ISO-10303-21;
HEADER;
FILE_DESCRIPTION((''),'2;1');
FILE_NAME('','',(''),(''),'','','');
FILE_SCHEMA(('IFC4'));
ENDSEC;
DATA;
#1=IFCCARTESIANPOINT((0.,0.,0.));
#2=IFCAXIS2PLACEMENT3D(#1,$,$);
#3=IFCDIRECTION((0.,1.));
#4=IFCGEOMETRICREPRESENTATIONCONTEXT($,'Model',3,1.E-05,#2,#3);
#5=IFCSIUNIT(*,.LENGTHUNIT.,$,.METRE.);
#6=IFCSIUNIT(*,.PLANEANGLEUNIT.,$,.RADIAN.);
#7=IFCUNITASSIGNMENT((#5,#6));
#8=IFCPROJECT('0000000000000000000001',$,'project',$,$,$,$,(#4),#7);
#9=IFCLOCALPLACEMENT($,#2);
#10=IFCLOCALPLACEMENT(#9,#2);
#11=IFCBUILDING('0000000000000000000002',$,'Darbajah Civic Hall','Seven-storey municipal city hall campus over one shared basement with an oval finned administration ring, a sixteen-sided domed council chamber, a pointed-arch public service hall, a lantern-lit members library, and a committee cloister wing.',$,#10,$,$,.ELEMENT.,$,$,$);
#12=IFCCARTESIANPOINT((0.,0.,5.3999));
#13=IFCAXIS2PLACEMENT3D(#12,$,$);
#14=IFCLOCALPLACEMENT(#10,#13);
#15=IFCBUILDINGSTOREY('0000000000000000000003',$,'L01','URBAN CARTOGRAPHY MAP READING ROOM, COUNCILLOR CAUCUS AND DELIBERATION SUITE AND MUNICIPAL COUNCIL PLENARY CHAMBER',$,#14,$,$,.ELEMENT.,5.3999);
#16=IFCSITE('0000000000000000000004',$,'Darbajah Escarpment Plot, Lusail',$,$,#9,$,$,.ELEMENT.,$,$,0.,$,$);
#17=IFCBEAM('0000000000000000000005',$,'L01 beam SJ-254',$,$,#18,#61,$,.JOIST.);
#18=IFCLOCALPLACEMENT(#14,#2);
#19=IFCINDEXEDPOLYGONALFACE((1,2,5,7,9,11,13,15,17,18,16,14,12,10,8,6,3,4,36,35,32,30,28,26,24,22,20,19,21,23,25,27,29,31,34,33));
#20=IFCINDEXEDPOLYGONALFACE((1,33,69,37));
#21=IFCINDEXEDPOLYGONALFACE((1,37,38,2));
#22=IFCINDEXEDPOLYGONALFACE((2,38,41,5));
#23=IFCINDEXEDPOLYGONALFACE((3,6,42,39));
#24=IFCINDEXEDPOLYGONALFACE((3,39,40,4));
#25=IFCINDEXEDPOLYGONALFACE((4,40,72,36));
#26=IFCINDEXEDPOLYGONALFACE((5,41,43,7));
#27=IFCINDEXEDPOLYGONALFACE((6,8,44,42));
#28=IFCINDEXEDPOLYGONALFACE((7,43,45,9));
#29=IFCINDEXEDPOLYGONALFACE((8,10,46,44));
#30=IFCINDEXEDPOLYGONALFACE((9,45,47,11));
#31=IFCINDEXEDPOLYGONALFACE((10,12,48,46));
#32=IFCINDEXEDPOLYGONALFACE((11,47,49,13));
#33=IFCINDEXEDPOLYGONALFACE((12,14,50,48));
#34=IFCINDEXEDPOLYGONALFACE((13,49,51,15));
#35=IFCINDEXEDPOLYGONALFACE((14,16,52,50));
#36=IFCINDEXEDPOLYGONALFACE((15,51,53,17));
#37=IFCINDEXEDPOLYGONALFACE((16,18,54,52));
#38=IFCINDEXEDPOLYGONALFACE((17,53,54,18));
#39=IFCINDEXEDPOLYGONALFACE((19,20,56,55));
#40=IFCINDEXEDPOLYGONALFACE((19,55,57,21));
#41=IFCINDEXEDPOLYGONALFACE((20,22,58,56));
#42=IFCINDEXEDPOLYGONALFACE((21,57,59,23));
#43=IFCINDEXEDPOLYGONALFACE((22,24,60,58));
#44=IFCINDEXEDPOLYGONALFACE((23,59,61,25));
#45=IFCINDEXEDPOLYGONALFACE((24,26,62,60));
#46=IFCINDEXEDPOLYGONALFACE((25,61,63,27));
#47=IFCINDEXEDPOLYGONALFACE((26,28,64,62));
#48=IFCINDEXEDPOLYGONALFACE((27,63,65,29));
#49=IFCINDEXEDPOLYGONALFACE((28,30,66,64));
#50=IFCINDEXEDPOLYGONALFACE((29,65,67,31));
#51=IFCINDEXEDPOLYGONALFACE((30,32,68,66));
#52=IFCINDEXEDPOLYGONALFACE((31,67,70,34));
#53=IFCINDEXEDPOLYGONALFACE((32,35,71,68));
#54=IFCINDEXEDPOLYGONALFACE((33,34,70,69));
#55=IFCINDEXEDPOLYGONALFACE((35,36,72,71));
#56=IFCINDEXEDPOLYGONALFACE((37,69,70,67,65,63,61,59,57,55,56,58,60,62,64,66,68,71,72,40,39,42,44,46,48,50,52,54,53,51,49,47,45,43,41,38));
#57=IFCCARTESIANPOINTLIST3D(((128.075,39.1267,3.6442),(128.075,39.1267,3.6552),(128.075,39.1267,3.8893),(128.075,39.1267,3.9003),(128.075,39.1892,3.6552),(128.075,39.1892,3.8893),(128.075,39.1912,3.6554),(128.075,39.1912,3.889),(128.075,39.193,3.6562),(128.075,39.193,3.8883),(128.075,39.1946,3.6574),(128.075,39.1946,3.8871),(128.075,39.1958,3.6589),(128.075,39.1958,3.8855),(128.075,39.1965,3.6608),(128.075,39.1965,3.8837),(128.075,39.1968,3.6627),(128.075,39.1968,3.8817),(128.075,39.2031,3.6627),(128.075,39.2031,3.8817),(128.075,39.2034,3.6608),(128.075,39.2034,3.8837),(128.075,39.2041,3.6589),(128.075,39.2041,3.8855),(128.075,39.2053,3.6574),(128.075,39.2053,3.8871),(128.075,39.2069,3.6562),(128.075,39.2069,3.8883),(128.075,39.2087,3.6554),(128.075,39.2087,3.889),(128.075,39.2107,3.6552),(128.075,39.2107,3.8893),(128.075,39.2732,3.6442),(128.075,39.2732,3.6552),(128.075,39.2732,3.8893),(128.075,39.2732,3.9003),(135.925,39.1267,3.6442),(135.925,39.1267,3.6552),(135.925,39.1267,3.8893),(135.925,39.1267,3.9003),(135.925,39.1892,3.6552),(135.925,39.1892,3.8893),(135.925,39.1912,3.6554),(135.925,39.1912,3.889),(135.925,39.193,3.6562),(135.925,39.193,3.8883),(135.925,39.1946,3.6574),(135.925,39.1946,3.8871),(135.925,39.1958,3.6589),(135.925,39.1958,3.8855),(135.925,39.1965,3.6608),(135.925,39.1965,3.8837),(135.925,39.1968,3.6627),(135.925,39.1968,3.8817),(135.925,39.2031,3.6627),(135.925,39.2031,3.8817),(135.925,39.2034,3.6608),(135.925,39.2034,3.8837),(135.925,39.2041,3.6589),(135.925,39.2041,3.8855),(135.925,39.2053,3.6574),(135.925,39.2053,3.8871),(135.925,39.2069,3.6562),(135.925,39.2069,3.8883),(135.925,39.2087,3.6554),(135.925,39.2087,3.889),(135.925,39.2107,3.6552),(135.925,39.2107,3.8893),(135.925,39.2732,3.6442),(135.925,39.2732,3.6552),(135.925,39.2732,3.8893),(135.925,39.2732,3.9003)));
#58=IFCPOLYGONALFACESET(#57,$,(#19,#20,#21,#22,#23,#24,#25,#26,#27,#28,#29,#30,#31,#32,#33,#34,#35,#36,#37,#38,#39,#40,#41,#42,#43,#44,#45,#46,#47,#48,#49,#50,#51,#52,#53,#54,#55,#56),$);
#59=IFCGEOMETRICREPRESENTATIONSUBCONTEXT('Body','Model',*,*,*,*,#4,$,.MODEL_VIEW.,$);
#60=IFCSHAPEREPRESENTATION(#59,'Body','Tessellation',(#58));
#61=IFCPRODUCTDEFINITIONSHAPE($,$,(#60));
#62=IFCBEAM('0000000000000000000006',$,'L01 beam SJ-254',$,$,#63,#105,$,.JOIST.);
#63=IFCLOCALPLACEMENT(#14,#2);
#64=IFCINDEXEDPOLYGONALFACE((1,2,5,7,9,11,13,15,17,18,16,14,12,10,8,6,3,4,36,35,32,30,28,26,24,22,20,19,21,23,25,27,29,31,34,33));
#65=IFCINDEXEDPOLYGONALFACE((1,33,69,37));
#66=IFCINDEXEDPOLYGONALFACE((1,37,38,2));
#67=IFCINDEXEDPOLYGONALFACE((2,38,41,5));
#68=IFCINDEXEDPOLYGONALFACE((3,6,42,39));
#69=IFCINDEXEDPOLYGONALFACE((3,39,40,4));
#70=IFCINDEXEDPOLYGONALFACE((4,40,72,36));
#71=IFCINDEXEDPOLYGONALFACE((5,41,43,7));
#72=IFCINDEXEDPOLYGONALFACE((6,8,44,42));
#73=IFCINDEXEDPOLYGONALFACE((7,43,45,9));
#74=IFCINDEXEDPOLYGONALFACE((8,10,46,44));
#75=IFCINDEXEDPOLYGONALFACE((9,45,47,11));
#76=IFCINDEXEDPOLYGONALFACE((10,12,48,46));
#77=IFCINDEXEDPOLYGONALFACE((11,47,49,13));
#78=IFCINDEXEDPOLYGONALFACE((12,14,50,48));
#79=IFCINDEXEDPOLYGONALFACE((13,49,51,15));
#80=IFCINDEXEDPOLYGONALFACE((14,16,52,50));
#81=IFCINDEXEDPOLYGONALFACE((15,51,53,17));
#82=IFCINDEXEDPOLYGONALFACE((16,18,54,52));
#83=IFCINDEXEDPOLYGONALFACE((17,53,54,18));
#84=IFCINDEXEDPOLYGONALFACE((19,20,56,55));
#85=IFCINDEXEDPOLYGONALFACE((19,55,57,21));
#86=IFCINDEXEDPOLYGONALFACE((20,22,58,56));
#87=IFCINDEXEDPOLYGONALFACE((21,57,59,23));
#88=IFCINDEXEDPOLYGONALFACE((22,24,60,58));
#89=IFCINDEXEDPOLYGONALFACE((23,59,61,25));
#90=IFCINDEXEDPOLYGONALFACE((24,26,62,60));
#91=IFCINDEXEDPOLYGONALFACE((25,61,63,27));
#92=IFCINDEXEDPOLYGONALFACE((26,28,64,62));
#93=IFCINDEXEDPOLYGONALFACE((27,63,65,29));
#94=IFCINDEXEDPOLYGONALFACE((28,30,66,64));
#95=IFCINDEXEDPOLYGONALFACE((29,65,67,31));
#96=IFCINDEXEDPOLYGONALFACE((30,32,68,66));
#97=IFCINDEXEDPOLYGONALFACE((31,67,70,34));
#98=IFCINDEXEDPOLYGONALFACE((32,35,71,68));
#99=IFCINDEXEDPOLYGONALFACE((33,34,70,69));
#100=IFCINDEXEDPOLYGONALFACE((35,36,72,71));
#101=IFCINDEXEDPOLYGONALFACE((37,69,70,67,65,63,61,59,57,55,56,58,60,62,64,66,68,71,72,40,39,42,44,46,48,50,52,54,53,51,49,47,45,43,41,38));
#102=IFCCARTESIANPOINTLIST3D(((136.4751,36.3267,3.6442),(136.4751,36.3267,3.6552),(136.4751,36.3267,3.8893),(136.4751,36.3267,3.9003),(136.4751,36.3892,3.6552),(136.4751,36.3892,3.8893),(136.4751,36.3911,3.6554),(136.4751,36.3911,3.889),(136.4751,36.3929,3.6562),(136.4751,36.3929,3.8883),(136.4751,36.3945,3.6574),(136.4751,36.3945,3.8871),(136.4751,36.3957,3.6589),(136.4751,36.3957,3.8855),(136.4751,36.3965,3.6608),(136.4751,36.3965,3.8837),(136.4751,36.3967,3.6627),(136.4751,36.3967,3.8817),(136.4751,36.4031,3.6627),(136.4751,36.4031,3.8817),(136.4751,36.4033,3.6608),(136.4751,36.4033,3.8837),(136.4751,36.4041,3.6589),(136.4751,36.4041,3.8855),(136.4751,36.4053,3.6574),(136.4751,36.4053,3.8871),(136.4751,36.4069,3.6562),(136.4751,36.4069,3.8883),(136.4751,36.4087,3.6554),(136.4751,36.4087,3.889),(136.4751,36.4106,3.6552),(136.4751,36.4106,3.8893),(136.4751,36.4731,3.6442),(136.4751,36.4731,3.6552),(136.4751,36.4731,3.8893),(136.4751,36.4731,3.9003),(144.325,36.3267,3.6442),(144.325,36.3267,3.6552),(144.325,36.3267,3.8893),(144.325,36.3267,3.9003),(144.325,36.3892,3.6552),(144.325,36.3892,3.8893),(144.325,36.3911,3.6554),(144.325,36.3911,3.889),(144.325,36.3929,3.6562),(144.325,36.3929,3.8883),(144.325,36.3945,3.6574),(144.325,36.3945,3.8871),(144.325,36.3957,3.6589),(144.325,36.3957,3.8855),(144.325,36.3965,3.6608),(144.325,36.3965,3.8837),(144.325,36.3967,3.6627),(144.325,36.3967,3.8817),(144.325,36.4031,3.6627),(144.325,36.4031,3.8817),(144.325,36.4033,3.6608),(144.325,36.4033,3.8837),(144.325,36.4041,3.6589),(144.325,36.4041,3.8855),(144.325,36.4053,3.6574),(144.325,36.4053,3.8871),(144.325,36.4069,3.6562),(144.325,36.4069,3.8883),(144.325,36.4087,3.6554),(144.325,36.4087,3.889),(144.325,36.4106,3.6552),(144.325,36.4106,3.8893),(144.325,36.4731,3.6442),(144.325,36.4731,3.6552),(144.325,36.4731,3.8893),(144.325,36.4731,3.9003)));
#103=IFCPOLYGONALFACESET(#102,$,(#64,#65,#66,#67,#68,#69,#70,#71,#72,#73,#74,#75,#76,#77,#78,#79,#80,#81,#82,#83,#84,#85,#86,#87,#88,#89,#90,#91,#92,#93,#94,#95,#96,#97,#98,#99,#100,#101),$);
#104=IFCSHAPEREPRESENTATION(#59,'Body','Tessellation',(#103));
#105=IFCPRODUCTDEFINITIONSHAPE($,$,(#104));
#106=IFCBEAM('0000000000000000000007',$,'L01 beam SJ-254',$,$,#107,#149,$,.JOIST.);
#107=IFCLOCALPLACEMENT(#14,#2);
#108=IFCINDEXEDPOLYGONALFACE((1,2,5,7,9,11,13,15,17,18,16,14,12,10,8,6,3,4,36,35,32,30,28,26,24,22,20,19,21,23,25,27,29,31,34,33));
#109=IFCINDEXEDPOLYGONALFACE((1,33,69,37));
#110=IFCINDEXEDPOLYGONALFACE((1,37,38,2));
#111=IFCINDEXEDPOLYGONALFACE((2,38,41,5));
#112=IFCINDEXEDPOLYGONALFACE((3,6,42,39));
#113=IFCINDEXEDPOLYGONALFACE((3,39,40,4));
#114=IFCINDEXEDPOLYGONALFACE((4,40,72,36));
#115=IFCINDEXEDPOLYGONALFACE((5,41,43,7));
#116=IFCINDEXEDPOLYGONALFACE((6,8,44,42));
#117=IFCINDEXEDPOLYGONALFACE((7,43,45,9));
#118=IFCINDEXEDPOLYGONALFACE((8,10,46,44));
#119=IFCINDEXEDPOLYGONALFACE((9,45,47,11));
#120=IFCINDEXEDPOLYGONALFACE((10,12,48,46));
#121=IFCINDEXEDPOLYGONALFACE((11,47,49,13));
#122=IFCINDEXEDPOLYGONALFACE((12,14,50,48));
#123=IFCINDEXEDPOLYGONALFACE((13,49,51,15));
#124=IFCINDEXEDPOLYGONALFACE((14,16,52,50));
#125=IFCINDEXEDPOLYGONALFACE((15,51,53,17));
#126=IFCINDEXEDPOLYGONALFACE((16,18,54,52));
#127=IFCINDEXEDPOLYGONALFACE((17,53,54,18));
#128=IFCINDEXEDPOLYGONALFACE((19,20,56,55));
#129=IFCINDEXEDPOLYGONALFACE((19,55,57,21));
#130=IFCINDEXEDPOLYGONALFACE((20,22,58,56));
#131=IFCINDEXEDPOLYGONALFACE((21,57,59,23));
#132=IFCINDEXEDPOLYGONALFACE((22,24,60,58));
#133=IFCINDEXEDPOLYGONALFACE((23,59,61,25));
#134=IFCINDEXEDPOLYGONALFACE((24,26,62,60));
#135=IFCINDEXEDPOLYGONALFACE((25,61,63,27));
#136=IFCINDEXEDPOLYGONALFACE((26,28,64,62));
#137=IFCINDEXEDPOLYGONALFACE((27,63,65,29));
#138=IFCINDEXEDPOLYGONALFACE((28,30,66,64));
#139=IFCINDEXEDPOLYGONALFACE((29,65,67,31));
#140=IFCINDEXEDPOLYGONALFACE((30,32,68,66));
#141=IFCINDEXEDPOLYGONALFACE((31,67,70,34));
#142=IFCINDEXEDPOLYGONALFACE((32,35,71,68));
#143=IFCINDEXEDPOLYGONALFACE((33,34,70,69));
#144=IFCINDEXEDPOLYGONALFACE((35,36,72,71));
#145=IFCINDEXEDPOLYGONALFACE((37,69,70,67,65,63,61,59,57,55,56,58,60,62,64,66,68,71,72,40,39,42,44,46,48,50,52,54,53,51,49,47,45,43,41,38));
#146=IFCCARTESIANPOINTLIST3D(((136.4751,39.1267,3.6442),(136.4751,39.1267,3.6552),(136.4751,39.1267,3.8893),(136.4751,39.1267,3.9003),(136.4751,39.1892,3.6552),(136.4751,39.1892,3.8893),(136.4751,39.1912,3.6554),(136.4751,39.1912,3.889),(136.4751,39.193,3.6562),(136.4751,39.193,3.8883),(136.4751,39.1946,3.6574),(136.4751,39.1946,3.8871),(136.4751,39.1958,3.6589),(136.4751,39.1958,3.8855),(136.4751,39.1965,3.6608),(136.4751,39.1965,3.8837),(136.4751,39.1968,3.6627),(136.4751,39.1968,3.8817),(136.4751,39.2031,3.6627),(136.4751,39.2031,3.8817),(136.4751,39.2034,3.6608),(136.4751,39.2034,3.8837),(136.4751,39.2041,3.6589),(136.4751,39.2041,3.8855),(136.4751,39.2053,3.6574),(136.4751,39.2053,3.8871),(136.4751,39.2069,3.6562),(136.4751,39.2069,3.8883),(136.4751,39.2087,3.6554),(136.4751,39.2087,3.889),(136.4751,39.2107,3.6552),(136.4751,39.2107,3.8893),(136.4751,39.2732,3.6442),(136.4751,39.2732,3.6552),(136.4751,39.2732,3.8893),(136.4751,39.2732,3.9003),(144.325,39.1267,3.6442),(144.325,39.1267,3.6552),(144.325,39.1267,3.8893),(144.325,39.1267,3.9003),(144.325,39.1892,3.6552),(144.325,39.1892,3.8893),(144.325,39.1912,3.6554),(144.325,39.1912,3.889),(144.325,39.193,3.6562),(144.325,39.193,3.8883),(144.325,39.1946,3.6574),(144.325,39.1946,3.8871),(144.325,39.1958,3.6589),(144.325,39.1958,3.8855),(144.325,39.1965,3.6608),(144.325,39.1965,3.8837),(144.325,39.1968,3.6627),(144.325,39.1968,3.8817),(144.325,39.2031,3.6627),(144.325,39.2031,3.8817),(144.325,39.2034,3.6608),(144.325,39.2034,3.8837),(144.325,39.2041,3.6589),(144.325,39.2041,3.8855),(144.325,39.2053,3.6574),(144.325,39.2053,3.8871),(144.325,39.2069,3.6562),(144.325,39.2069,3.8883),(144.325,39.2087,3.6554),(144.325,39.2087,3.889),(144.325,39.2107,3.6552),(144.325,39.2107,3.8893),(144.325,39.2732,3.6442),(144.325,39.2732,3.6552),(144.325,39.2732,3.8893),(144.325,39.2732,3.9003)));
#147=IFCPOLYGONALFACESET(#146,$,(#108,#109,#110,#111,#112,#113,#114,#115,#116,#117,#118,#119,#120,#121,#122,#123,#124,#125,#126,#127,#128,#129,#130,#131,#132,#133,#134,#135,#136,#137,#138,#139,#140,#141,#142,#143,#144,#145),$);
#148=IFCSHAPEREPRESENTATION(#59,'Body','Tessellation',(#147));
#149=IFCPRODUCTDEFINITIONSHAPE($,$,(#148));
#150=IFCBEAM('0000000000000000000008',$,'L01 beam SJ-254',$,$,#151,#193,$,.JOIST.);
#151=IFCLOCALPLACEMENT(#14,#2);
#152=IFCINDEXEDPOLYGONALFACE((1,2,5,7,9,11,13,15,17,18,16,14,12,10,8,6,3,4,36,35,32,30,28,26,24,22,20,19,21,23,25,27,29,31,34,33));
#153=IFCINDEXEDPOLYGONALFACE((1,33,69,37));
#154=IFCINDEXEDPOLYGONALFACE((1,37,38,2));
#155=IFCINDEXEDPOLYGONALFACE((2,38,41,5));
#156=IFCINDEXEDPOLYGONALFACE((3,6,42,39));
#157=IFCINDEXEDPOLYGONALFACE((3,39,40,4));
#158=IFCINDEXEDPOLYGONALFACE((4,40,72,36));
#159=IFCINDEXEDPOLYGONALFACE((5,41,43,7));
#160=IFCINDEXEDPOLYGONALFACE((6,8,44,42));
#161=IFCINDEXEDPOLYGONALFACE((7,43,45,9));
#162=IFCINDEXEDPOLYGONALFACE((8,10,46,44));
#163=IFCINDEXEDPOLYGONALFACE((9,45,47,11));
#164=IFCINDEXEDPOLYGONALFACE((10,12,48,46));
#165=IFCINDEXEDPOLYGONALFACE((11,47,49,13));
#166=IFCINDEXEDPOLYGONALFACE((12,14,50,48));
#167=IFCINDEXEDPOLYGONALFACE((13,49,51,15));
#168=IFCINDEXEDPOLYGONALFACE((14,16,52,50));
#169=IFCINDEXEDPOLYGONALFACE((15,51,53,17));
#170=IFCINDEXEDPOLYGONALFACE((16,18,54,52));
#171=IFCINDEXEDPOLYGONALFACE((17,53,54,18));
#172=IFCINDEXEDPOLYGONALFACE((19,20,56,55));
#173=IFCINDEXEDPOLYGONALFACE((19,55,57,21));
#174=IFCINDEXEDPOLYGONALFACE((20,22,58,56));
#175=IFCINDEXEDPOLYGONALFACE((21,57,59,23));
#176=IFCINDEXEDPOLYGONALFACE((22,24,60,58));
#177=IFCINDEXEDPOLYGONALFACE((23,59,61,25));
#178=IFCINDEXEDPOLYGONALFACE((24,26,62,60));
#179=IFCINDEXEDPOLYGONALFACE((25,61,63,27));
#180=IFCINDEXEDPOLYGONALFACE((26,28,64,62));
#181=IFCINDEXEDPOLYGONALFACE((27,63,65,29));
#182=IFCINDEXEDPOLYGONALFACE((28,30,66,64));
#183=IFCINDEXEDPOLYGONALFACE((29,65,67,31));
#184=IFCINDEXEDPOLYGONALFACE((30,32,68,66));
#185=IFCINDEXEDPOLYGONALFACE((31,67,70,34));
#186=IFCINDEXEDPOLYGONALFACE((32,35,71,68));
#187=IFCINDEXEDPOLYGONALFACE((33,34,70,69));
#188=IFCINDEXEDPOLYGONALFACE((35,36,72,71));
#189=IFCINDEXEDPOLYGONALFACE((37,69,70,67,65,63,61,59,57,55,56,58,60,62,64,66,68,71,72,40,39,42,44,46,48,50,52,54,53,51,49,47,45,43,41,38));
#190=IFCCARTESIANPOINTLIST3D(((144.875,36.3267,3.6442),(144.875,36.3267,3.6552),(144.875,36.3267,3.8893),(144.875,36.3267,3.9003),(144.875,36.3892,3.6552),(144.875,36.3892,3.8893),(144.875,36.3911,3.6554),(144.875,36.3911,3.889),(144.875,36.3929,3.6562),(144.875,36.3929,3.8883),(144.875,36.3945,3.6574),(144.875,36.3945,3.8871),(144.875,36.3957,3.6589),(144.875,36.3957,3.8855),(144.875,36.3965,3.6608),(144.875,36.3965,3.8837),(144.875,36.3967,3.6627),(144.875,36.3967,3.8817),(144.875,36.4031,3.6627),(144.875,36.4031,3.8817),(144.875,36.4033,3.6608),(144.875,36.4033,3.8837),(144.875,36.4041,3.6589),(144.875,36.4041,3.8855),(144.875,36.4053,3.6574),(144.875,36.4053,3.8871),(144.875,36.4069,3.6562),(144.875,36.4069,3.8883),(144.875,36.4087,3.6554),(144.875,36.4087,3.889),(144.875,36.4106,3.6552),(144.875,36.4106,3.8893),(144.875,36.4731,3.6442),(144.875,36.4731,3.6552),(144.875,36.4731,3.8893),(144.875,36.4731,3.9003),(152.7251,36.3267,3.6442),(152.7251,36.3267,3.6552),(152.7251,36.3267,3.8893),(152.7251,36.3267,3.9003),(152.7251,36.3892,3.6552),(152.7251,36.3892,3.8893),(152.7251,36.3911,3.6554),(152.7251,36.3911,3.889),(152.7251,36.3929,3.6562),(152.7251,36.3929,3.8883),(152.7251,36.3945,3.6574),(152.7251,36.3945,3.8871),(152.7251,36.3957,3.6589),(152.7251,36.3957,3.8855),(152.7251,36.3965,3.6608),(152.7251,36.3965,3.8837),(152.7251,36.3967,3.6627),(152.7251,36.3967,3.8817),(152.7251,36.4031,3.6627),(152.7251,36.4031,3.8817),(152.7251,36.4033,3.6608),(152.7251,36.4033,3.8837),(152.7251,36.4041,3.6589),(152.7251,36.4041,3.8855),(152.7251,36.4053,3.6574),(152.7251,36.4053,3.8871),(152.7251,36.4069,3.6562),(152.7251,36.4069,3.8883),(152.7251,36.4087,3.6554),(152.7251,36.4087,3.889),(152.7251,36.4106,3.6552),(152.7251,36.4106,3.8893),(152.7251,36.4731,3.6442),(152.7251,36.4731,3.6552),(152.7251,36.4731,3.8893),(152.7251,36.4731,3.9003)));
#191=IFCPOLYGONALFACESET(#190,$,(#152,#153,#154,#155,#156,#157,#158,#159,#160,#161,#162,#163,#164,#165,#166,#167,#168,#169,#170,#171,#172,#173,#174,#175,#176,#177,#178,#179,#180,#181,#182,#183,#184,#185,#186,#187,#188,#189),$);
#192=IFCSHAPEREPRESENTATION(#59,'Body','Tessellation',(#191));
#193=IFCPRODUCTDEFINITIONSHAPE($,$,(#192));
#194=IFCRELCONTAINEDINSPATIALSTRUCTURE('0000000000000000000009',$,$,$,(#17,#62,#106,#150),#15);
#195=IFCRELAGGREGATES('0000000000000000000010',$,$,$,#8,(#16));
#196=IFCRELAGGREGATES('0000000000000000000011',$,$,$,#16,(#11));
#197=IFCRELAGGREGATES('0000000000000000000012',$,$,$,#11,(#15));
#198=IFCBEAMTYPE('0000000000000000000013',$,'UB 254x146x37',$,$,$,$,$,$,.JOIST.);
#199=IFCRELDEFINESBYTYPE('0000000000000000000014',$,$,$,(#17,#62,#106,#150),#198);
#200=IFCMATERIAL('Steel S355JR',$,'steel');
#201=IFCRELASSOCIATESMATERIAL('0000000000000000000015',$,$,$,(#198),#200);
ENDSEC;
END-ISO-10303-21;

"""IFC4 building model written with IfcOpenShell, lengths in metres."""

from ifc_helpers import new_model, si_unit, direction, frame, origin, origin_2d, place, context, subcontext, project, spatial, i_section, extrude, material, material_profile, profile_set, type_object, element, save


model = new_model("IFC4")

# Units and contexts
model_context = context("Model", 3, precision=1e-05, world=origin(), true_north=direction((0.0, 1.0)))
body_context = subcontext(model_context, "Body", "Model", "MODEL_VIEW")
ifc_project = project(units=[si_unit("LENGTHUNIT", "METRE"), si_unit("PLANEANGLEUNIT", "RADIAN")], contexts=[model_context])

# Site, building, storey
site_placement = place(None, origin())
site = spatial("IfcSite", under=ifc_project, at=site_placement, Name="Darbajah Escarpment Plot, Lusail", CompositionType="ELEMENT", RefElevation=0.0)
building_placement = place(site_placement, origin())
building = spatial("IfcBuilding", under=site, at=building_placement, Name="Darbajah Civic Hall", Description="Seven-storey municipal city hall campus over one shared basement with an oval finned administration ring, a sixteen-sided domed council chamber, a pointed-arch public service hall, a lantern-lit members library, and a committee cloister wing.", CompositionType="ELEMENT")
storey_placement = place(building_placement, frame((0.0, 0.0, 5.3999)))
storey = spatial("IfcBuildingStorey", under=building, at=storey_placement, Name="L01", Description="URBAN CARTOGRAPHY MAP READING ROOM, COUNCILLOR CAUCUS AND DELIBERATION SUITE AND MUNICIPAL COUNCIL PLENARY CHAMBER", CompositionType="ELEMENT", Elevation=5.3999)

# Beams
ifc_material_1 = material(Name="Steel S355JR", Category="steel")
ifc_material_profile_1 = material_profile(ifc_material_1, i_section(OverallWidth=0.1465, OverallDepth=0.2561, WebThickness=0.0063, FlangeThickness=0.011, FilletRadius=0.0076, at=origin_2d()), Name="UB 254x146x37")
ifc_profile_set_1 = profile_set([ifc_material_profile_1], Name="Steel S355JR")
beam_type_1 = type_object("IfcBeamType", Name="UB 254x146x37", PredefinedType="JOIST", material=ifc_profile_set_1)
for number, where, z_axis, x_axis, name in (
    (1, (128.075, 39.2, 3.7722), (1.0, 0.0, 0.0), (0.0, 1.0, 0.0), "L01 beam SJ-254"),
):
    element("IfcBeam", number, at=place(storey_placement, frame(where, z_axis=z_axis, x_axis=x_axis)), inside=storey, type_object=beam_type_1, Name=name, PredefinedType="JOIST", context=body_context, shape_type="SweptSolid", body=[
        extrude(i_section(OverallWidth=0.1465, OverallDepth=0.2561, WebThickness=0.0063, FlangeThickness=0.011, FilletRadius=0.0076, at=origin_2d()), origin(), (0.0, 0.0, 1.0), 7.8501),
    ])
for number, where, z_axis, x_axis, name in (
    (2, (136.4751, 36.3999, 3.7722), (1.0, 0.0, 0.0), (0.0, 1.0, 0.0), "L01 beam SJ-254"),
    (3, (136.4751, 39.2, 3.7722), (1.0, 0.0, 0.0), (0.0, 1.0, 0.0), "L01 beam SJ-254"),
):
    element("IfcBeam", number, at=place(storey_placement, frame(where, z_axis=z_axis, x_axis=x_axis)), inside=storey, type_object=beam_type_1, Name=name, PredefinedType="JOIST", context=body_context, shape_type="SweptSolid", body=[
        extrude(i_section(OverallWidth=0.1465, OverallDepth=0.2561, WebThickness=0.0063, FlangeThickness=0.011, FilletRadius=0.0076, at=origin_2d()), origin(), (0.0, 0.0, 1.0), 7.8499),
    ])
for number, where, z_axis, x_axis, name in (
    (4, (144.875, 36.3999, 3.7722), (1.0, 0.0, 0.0), (0.0, 1.0, 0.0), "L01 beam SJ-254"),
):
    element("IfcBeam", number, at=place(storey_placement, frame(where, z_axis=z_axis, x_axis=x_axis)), inside=storey, type_object=beam_type_1, Name=name, PredefinedType="JOIST", context=body_context, shape_type="SweptSolid", body=[
        extrude(i_section(OverallWidth=0.1465, OverallDepth=0.2561, WebThickness=0.0063, FlangeThickness=0.011, FilletRadius=0.0076, at=origin_2d()), origin(), (0.0, 0.0, 1.0), 7.8501),
    ])

save(model, "model.ifc")
